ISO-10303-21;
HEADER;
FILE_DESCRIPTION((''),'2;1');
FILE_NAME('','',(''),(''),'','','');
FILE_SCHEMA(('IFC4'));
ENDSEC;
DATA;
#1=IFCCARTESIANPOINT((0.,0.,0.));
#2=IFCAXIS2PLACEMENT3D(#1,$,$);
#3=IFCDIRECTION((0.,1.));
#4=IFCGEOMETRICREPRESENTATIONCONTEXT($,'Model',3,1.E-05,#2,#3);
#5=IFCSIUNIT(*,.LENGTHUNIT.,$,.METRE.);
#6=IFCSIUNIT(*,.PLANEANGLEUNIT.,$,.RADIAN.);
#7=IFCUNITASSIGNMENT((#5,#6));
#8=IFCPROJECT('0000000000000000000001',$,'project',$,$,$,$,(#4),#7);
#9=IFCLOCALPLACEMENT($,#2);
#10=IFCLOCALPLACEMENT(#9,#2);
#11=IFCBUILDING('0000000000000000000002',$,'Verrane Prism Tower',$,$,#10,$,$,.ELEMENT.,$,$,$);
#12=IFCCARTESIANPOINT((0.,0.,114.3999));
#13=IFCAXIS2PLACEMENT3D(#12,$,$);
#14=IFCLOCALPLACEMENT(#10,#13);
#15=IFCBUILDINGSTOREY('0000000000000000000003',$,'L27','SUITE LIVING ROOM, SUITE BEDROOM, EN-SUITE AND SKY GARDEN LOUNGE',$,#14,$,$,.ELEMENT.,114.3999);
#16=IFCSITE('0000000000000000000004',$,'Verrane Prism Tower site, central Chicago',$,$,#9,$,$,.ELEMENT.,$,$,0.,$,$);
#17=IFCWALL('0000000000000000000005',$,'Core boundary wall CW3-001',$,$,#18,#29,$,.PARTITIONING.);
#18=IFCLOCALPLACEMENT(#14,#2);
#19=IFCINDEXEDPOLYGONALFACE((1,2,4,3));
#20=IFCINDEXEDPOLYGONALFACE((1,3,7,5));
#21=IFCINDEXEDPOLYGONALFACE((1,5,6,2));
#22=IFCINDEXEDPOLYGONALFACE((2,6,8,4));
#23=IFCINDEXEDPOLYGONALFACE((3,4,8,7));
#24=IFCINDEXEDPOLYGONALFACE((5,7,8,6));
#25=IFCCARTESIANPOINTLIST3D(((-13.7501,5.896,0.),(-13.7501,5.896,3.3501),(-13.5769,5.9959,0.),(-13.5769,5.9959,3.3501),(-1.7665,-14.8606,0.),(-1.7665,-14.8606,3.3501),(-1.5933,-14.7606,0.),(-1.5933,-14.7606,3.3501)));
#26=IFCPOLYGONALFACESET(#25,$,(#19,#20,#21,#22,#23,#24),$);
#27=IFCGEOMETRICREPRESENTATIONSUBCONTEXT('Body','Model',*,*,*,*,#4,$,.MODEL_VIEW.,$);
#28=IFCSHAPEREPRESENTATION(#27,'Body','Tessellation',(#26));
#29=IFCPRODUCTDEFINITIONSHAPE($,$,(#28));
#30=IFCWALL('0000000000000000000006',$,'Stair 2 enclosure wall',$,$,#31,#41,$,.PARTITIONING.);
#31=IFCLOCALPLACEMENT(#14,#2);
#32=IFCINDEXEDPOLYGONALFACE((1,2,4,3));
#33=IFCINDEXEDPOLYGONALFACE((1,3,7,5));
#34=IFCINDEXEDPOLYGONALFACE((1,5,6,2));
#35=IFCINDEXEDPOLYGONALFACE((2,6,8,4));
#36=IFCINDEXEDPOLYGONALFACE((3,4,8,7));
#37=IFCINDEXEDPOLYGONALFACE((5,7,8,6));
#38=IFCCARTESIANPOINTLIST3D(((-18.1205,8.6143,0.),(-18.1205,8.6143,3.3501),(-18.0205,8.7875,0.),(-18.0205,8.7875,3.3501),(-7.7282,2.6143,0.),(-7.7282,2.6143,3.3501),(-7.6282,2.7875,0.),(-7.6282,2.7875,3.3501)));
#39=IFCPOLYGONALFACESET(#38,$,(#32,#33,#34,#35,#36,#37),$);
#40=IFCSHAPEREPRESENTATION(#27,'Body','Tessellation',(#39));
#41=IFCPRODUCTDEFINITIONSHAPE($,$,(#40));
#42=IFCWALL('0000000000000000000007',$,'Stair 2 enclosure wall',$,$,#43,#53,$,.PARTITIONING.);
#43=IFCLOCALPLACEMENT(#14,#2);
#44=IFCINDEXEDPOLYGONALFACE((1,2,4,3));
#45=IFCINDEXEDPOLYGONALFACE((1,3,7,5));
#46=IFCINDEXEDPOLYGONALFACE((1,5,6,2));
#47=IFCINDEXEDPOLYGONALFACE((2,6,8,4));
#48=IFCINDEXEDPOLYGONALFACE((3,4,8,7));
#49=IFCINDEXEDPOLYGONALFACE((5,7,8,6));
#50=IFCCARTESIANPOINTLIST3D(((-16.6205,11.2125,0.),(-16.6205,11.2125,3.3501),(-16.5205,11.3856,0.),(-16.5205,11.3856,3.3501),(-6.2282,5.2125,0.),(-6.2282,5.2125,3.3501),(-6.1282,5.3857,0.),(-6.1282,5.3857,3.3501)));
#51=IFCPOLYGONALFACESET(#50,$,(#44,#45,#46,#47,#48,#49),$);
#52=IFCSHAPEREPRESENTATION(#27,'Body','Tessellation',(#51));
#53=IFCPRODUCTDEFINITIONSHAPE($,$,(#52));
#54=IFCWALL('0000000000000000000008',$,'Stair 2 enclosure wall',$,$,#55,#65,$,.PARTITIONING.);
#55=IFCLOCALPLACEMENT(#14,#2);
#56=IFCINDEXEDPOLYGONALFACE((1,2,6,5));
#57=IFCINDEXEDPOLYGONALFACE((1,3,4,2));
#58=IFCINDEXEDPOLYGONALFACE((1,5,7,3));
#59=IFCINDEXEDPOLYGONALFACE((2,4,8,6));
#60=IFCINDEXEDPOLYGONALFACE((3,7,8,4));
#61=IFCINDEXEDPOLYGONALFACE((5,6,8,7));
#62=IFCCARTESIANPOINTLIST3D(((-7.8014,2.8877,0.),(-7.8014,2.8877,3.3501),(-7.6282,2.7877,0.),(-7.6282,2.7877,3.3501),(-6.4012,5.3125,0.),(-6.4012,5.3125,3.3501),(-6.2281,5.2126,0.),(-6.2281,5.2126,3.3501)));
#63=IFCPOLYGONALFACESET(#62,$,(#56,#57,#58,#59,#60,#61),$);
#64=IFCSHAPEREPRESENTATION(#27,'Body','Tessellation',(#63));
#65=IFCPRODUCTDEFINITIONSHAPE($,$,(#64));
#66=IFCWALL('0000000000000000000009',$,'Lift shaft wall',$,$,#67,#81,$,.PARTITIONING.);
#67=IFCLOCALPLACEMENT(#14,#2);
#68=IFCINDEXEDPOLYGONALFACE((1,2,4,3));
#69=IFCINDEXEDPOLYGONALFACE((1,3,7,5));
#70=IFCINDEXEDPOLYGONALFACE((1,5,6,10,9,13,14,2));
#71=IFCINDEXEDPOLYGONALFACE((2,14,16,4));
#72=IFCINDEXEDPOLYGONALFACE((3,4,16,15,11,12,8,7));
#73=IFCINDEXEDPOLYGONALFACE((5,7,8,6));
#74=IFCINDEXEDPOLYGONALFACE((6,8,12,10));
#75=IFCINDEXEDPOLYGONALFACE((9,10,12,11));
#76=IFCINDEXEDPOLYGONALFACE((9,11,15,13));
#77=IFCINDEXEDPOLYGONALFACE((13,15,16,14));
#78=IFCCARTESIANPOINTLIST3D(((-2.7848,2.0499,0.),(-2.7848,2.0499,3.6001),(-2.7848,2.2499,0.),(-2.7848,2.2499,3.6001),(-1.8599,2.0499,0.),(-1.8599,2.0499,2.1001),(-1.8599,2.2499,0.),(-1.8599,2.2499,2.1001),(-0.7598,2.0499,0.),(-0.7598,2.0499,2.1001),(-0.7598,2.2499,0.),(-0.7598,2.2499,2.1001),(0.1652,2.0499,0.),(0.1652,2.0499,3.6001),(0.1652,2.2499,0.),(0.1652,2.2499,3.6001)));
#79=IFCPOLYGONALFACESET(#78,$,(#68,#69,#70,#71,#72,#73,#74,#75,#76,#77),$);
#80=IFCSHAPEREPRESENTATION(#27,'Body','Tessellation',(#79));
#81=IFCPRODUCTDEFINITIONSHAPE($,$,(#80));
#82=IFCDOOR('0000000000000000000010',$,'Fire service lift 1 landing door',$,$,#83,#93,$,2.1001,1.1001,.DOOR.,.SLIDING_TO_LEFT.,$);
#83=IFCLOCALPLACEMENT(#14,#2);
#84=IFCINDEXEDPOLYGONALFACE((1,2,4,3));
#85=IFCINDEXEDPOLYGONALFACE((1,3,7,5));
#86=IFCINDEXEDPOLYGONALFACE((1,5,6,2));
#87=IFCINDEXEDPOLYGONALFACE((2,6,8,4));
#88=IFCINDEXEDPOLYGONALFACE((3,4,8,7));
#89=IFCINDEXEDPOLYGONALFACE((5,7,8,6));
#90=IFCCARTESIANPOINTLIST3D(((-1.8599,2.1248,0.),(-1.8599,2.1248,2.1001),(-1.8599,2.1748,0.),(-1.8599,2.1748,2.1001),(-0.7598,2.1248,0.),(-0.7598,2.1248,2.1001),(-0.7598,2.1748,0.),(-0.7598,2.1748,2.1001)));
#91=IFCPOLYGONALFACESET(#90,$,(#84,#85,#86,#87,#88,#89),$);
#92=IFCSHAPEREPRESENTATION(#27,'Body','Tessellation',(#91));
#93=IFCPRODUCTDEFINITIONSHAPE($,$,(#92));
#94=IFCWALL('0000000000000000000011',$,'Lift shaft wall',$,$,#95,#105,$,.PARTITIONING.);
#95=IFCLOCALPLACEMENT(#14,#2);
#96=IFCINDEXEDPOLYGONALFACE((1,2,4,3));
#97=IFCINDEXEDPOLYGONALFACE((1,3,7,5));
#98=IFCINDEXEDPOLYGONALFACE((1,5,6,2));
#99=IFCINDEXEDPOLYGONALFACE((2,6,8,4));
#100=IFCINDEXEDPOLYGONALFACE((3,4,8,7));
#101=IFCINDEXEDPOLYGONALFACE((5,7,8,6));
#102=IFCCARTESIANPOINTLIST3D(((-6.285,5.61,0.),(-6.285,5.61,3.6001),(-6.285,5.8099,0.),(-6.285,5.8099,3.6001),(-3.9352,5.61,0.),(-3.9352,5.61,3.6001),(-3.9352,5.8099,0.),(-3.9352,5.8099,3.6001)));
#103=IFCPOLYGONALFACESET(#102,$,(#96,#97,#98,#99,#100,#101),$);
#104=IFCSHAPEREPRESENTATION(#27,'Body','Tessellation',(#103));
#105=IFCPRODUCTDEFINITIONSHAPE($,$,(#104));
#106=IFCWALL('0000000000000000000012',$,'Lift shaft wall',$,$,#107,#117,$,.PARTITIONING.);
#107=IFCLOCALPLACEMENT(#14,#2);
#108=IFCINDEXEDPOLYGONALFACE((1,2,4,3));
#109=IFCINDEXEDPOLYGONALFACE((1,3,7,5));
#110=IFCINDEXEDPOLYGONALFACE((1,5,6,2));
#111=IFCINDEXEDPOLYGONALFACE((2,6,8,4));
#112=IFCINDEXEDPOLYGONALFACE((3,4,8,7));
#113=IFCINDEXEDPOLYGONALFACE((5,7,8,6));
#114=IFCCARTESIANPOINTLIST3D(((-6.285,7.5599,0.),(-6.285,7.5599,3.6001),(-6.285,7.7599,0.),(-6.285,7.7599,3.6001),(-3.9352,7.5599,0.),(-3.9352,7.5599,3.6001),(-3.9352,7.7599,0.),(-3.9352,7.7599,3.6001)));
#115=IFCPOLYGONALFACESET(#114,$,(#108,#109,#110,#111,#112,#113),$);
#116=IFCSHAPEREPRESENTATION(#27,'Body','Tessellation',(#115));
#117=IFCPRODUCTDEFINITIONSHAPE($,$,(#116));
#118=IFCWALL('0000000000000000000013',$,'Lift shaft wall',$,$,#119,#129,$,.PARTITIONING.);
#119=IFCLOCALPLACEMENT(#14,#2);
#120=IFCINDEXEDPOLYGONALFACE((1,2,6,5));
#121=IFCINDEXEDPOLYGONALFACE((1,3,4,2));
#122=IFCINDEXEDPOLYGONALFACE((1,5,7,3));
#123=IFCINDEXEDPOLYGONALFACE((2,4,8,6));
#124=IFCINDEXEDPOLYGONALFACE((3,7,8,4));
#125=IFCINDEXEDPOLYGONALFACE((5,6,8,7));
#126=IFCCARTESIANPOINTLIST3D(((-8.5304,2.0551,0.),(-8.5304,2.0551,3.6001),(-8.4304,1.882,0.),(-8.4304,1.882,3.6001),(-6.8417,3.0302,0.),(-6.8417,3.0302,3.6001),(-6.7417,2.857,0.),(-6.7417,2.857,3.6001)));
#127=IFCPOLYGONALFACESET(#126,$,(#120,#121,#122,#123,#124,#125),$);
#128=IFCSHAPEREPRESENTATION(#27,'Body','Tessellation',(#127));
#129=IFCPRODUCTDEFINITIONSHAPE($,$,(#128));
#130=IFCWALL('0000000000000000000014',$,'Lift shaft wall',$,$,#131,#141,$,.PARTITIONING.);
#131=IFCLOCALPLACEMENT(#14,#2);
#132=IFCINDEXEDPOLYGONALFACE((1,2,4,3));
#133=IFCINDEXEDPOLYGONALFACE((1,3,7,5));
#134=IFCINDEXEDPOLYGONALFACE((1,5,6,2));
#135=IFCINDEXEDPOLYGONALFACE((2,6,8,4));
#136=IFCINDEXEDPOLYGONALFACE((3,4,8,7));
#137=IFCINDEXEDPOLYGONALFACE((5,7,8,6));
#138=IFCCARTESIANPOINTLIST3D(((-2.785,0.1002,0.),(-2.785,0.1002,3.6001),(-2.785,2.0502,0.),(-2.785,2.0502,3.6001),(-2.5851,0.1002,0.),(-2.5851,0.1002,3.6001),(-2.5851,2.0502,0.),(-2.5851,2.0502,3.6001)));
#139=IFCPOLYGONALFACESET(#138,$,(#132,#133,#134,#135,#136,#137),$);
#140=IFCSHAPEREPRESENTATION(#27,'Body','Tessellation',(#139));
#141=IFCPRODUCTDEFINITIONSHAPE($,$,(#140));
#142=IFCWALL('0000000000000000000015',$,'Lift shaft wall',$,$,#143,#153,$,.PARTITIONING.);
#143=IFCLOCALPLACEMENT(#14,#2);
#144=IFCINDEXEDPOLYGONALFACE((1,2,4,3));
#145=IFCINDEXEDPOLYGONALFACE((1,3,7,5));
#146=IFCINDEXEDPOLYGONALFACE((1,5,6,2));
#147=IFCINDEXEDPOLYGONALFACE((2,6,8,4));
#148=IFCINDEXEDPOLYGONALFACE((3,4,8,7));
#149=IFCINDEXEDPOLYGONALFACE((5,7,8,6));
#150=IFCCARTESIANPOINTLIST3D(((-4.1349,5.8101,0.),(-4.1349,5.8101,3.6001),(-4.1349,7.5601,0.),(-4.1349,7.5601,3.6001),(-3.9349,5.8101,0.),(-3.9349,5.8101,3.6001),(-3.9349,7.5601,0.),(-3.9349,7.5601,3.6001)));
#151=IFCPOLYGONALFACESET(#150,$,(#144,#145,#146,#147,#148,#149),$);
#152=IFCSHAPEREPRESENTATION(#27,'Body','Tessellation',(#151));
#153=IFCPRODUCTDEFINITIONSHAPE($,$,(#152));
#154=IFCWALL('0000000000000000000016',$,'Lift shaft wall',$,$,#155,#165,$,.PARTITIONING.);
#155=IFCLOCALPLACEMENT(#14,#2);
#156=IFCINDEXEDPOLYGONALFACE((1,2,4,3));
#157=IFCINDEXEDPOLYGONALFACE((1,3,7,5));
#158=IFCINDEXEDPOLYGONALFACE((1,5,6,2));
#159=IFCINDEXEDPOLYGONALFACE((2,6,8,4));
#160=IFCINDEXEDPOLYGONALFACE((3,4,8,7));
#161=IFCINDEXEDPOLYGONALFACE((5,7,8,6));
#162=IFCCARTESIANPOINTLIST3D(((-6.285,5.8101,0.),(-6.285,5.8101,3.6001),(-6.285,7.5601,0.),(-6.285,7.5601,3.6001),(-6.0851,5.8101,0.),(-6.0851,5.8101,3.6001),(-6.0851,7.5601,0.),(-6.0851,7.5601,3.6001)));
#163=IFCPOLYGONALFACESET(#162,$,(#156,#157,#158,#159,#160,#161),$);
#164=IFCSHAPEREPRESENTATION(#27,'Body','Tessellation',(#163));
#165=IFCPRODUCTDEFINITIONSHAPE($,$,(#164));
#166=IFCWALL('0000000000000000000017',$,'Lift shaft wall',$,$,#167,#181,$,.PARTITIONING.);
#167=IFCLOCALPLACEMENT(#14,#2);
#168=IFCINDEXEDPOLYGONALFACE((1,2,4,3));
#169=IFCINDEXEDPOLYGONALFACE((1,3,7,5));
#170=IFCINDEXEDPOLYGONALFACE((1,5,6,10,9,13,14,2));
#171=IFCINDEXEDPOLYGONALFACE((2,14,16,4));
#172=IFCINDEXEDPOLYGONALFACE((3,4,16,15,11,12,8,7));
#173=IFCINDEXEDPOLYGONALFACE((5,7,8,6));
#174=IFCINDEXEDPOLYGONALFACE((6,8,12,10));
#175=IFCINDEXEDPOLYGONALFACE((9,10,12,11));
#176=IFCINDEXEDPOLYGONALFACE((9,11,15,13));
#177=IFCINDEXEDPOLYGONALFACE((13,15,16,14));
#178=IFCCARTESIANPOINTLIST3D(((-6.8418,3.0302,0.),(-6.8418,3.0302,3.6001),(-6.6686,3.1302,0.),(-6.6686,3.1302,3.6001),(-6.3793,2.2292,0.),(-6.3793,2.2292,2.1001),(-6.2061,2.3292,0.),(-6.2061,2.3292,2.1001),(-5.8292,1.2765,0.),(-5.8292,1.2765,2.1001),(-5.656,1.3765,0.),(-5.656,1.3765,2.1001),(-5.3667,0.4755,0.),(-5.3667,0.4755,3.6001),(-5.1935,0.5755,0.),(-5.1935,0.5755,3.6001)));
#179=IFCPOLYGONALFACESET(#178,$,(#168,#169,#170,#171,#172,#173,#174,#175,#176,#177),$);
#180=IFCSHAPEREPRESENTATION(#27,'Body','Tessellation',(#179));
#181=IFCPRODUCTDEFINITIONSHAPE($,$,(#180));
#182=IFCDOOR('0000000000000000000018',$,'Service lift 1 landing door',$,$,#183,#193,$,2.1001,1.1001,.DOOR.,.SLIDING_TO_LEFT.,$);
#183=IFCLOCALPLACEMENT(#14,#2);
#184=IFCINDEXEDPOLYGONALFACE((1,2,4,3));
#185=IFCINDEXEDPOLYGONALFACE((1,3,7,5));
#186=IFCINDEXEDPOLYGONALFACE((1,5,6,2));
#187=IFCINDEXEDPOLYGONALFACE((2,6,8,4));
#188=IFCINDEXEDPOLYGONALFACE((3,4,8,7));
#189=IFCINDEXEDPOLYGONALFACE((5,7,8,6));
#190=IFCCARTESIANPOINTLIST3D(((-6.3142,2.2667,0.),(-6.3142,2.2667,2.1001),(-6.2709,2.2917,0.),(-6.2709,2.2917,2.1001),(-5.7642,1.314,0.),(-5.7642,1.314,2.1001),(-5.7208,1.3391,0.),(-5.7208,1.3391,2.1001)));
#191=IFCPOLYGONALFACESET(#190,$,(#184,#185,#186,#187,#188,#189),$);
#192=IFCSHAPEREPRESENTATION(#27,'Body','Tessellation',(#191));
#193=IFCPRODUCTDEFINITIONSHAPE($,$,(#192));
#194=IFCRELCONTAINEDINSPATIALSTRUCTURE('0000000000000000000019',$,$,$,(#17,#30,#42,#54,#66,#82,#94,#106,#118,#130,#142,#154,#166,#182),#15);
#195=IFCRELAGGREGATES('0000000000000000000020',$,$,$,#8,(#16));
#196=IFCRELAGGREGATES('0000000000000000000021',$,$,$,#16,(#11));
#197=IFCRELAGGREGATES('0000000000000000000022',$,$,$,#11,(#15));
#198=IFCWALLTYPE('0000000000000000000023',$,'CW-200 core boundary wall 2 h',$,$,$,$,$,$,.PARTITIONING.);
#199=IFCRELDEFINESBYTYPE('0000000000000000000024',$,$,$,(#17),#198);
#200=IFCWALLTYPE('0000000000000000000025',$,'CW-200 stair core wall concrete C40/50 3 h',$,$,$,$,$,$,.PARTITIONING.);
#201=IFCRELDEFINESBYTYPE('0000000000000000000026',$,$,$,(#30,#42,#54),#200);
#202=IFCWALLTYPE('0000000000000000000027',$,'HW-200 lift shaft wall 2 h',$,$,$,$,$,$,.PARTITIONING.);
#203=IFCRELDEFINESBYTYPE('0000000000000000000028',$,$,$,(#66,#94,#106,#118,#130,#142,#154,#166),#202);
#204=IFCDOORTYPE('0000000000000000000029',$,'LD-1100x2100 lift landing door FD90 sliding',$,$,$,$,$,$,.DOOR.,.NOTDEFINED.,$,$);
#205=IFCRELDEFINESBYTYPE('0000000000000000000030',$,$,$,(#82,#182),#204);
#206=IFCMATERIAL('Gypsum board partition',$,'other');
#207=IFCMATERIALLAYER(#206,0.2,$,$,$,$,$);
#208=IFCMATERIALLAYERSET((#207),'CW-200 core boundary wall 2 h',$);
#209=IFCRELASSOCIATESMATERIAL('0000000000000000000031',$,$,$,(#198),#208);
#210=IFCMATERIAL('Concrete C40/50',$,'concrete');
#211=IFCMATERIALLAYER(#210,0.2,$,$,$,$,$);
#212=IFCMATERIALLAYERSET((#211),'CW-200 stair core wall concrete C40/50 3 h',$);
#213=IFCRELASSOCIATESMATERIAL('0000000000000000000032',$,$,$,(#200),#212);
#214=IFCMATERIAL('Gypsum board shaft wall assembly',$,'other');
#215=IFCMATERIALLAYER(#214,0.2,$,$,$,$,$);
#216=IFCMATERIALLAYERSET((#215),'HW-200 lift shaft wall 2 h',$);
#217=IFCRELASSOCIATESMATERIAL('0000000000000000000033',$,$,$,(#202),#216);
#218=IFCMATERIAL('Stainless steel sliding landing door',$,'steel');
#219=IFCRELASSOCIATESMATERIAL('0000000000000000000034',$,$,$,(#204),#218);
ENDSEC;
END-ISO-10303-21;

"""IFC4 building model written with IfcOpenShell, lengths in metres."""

from ifc_helpers import new_model, si_unit, direction, frame, frame_2d, origin, place, context, subcontext, project, spatial, rectangle, extrude, material, layer, layer_set, type_object, element, fill, save


model = new_model("IFC4")

# Units and contexts
model_context = context("Model", 3, precision=1e-05, world=origin(), true_north=direction((0.0, 1.0)))
body_context = subcontext(model_context, "Body", "Model", "MODEL_VIEW")
ifc_project = project(units=[si_unit("LENGTHUNIT", "METRE"), si_unit("PLANEANGLEUNIT", "RADIAN")], contexts=[model_context])

# Site, building, storey
site_placement = place(None, origin())
site = spatial("IfcSite", under=ifc_project, at=site_placement, Name="Verrane Prism Tower site, central Chicago", CompositionType="ELEMENT", RefElevation=0.0)
building_placement = place(site_placement, origin())
building = spatial("IfcBuilding", under=site, at=building_placement, Name="Verrane Prism Tower", CompositionType="ELEMENT")
storey_placement = place(building_placement, frame((0.0, 0.0, 114.3999)))
storey = spatial("IfcBuildingStorey", under=building, at=storey_placement, Name="L27", Description="SUITE LIVING ROOM, SUITE BEDROOM, EN-SUITE AND SKY GARDEN LOUNGE", CompositionType="ELEMENT", Elevation=114.3999)

# Walls
ifc_material_1 = material(Name="Gypsum board partition", Category="other")
ifc_layer_1 = layer(ifc_material_1, 0.2)
ifc_layer_set_1 = layer_set([ifc_layer_1], Name="CW-200 core boundary wall 2 h")
wall_type_1 = type_object("IfcWallType", Name="CW-200 core boundary wall 2 h", PredefinedType="PARTITIONING", material=ifc_layer_set_1)
wall_1_placement = place(storey_placement, frame((-13.6636, 5.946, 0.0), z_axis=(0.0, 0.0, 1.0), x_axis=(0.499994, -0.866029, 0.0)))
element("IfcWall", 1, at=wall_1_placement, inside=storey, type_object=wall_type_1, Name="Core boundary wall CW3-001", PredefinedType="PARTITIONING", context=body_context, shape_type="SweptSolid", body=[
    extrude(rectangle(XDim=23.9675, YDim=0.2, at=frame_2d((11.9839, 0.0))), origin(), (0.0, 0.0, 1.0), 3.3501),
])
ifc_material_2 = material(Name="Concrete C40/50", Category="concrete")
ifc_layer_2 = layer(ifc_material_2, 0.2)
ifc_layer_set_2 = layer_set([ifc_layer_2], Name="CW-200 stair core wall concrete C40/50 3 h")
wall_type_2 = type_object("IfcWallType", Name="CW-200 stair core wall concrete C40/50 3 h", PredefinedType="PARTITIONING", material=ifc_layer_set_2)
for number, where, z_axis, x_axis, name in (
    (2, (-7.6782, 2.7009, 0.0), (0.0, 0.0, 1.0), (-0.866026, 0.499999, 0.0), "Stair 2 enclosure wall"),
    (3, (-6.1782, 5.2991, 0.0), (0.0, 0.0, 1.0), (-0.866026, 0.499999, 0.0), "Stair 2 enclosure wall"),
):
    element("IfcWall", number, at=place(storey_placement, frame(where, z_axis=z_axis, x_axis=x_axis)), inside=storey, type_object=wall_type_2, Name=name, PredefinedType="PARTITIONING", context=body_context, shape_type="SweptSolid", body=[
        extrude(rectangle(XDim=12.0, YDim=0.2, at=frame_2d((6.0, 0.0))), origin(), (0.0, 0.0, 1.0), 3.3501),
    ])
wall_2_placement = place(storey_placement, frame((-6.3147, 5.2625, 0.0), z_axis=(0.0, 0.0, 1.0), x_axis=(-0.50005, -0.865997, 0.0)))
element("IfcWall", 4, at=wall_2_placement, inside=storey, type_object=wall_type_2, Name="Stair 2 enclosure wall", PredefinedType="PARTITIONING", context=body_context, shape_type="SweptSolid", body=[
    extrude(rectangle(XDim=2.8, YDim=0.2, at=frame_2d((1.3999, 0.0))), origin(), (0.0, 0.0, 1.0), 3.3501),
])

# Wall, opening, door
ifc_material_3 = material(Name="Gypsum board shaft wall assembly", Category="other")
ifc_layer_3 = layer(ifc_material_3, 0.2)
ifc_layer_set_3 = layer_set([ifc_layer_3], Name="HW-200 lift shaft wall 2 h")
wall_type_3 = type_object("IfcWallType", Name="HW-200 lift shaft wall 2 h", PredefinedType="PARTITIONING", material=ifc_layer_set_3)
wall_3_placement = place(storey_placement, frame((-2.7849, 2.1499, 0.0), z_axis=(0.0, 0.0, 1.0), x_axis=(1.0, 0.0, 0.0)))
wall_3 = element("IfcWall", 5, at=wall_3_placement, inside=storey, type_object=wall_type_3, Name="Lift shaft wall", PredefinedType="PARTITIONING", context=body_context, shape_type="SweptSolid", body=[
    extrude(rectangle(XDim=2.95, YDim=0.2, at=frame_2d((1.4751, 0.0))), origin(), (0.0, 0.0, 1.0), 3.6001),
])
opening_1_placement = place(wall_3_placement, frame((0.925, 0.0, 0.0)))
opening_1 = element("IfcOpeningElement", 6, at=opening_1_placement, cuts=wall_3, PredefinedType="OPENING", context=body_context, shape_type="SweptSolid", body=[
    extrude(rectangle(XDim=1.1001, YDim=2.1001, at=frame_2d((0.55, 1.05))), frame((0.0, 0.1099, 0.0), z_axis=(0.0, -1.0, 0.0), x_axis=(1.0, 0.0, 0.0)), (0.0, 0.0, 1.0), 0.22),
])
ifc_material_4 = material(Name="Stainless steel sliding landing door", Category="steel")
door_type_1 = type_object("IfcDoorType", Name="LD-1100x2100 lift landing door FD90 sliding", OperationType="NOTDEFINED", PredefinedType="DOOR", material=ifc_material_4)
door_1_placement = place(opening_1_placement, origin())
door_1 = element("IfcDoor", 7, at=door_1_placement, inside=storey, type_object=door_type_1, Name="Fire service lift 1 landing door", OperationType="SLIDING_TO_LEFT", OverallHeight=2.1001, OverallWidth=1.1001, PredefinedType="DOOR", context=body_context, shape_type="SweptSolid", body=[
    extrude(rectangle(XDim=1.1001, YDim=2.1001, at=frame_2d((0.55, 1.05))), frame((0.0, 0.0249, 0.0), z_axis=(0.0, -1.0, 0.0), x_axis=(1.0, 0.0, 0.0)), (0.0, 0.0, 1.0), 0.05),
])
fill(opening_1, door_1)

# Walls
for number, where, z_axis, x_axis, name in (
    (8, (-6.2849, 5.71, 0.0), (0.0, 0.0, 1.0), (1.0, 0.0, 0.0), "Lift shaft wall"),
    (9, (-6.2849, 7.6599, 0.0), (0.0, 0.0, 1.0), (1.0, 0.0, 0.0), "Lift shaft wall"),
):
    element("IfcWall", number, at=place(storey_placement, frame(where, z_axis=z_axis, x_axis=x_axis)), inside=storey, type_object=wall_type_3, Name=name, PredefinedType="PARTITIONING", context=body_context, shape_type="SweptSolid", body=[
        extrude(rectangle(XDim=2.3499, YDim=0.2, at=frame_2d((1.1748, 0.0))), origin(), (0.0, 0.0, 1.0), 3.6001),
    ])
for number, where, z_axis, x_axis, name in (
    (10, (-8.4805, 1.9685, 0.0), (0.0, 0.0, 1.0), (0.866, 0.500044, 0.0), "Lift shaft wall"),
    (11, (-2.6851, 0.1001, 0.0), (0.0, 0.0, 1.0), (0.0, 1.0, 0.0), "Lift shaft wall"),
):
    element("IfcWall", number, at=place(storey_placement, frame(where, z_axis=z_axis, x_axis=x_axis)), inside=storey, type_object=wall_type_3, Name=name, PredefinedType="PARTITIONING", context=body_context, shape_type="SweptSolid", body=[
        extrude(rectangle(XDim=1.95, YDim=0.2, at=frame_2d((0.9751, 0.0))), origin(), (0.0, 0.0, 1.0), 3.6001),
    ])
for number, where, z_axis, x_axis, name in (
    (12, (-4.0349, 5.8101, 0.0), (0.0, 0.0, 1.0), (0.0, 1.0, 0.0), "Lift shaft wall"),
    (13, (-6.1851, 5.8101, 0.0), (0.0, 0.0, 1.0), (0.0, 1.0, 0.0), "Lift shaft wall"),
):
    element("IfcWall", number, at=place(storey_placement, frame(where, z_axis=z_axis, x_axis=x_axis)), inside=storey, type_object=wall_type_3, Name=name, PredefinedType="PARTITIONING", context=body_context, shape_type="SweptSolid", body=[
        extrude(rectangle(XDim=1.75, YDim=0.2, at=frame_2d((0.875, 0.0))), origin(), (0.0, 0.0, 1.0), 3.6001),
    ])

# Wall, opening, door
wall_4_placement = place(storey_placement, frame((-5.28, 0.5254, 0.0), z_axis=(0.0, 0.0, 1.0), x_axis=(-0.500038, 0.866004, 0.0)))
wall_4 = element("IfcWall", 14, at=wall_4_placement, inside=storey, type_object=wall_type_3, Name="Lift shaft wall", PredefinedType="PARTITIONING", context=body_context, shape_type="SweptSolid", body=[
    extrude(rectangle(XDim=2.95, YDim=0.2, at=frame_2d((1.4751, 0.0))), origin(), (0.0, 0.0, 1.0), 3.6001),
])
opening_2_placement = place(wall_4_placement, frame((0.925, 0.0, 0.0)))
opening_2 = element("IfcOpeningElement", 15, at=opening_2_placement, cuts=wall_4, PredefinedType="OPENING", context=body_context, shape_type="SweptSolid", body=[
    extrude(rectangle(XDim=1.1001, YDim=2.1001, at=frame_2d((0.55, 1.05))), frame((0.0, 0.1099, 0.0), z_axis=(0.0, -1.0, 0.0), x_axis=(1.0, 0.0, 0.0)), (0.0, 0.0, 1.0), 0.22),
])
door_2_placement = place(opening_2_placement, origin())
door_2 = element("IfcDoor", 16, at=door_2_placement, inside=storey, type_object=door_type_1, Name="Service lift 1 landing door", OperationType="SLIDING_TO_LEFT", OverallHeight=2.1001, OverallWidth=1.1001, PredefinedType="DOOR", context=body_context, shape_type="SweptSolid", body=[
    extrude(rectangle(XDim=1.1001, YDim=2.1001, at=frame_2d((0.55, 1.05))), frame((0.0, 0.0249, 0.0), z_axis=(0.0, -1.0, 0.0), x_axis=(1.0, 0.0, 0.0)), (0.0, 0.0, 1.0), 0.05),
])
fill(opening_2, door_2)

save(model, "model.ifc")
